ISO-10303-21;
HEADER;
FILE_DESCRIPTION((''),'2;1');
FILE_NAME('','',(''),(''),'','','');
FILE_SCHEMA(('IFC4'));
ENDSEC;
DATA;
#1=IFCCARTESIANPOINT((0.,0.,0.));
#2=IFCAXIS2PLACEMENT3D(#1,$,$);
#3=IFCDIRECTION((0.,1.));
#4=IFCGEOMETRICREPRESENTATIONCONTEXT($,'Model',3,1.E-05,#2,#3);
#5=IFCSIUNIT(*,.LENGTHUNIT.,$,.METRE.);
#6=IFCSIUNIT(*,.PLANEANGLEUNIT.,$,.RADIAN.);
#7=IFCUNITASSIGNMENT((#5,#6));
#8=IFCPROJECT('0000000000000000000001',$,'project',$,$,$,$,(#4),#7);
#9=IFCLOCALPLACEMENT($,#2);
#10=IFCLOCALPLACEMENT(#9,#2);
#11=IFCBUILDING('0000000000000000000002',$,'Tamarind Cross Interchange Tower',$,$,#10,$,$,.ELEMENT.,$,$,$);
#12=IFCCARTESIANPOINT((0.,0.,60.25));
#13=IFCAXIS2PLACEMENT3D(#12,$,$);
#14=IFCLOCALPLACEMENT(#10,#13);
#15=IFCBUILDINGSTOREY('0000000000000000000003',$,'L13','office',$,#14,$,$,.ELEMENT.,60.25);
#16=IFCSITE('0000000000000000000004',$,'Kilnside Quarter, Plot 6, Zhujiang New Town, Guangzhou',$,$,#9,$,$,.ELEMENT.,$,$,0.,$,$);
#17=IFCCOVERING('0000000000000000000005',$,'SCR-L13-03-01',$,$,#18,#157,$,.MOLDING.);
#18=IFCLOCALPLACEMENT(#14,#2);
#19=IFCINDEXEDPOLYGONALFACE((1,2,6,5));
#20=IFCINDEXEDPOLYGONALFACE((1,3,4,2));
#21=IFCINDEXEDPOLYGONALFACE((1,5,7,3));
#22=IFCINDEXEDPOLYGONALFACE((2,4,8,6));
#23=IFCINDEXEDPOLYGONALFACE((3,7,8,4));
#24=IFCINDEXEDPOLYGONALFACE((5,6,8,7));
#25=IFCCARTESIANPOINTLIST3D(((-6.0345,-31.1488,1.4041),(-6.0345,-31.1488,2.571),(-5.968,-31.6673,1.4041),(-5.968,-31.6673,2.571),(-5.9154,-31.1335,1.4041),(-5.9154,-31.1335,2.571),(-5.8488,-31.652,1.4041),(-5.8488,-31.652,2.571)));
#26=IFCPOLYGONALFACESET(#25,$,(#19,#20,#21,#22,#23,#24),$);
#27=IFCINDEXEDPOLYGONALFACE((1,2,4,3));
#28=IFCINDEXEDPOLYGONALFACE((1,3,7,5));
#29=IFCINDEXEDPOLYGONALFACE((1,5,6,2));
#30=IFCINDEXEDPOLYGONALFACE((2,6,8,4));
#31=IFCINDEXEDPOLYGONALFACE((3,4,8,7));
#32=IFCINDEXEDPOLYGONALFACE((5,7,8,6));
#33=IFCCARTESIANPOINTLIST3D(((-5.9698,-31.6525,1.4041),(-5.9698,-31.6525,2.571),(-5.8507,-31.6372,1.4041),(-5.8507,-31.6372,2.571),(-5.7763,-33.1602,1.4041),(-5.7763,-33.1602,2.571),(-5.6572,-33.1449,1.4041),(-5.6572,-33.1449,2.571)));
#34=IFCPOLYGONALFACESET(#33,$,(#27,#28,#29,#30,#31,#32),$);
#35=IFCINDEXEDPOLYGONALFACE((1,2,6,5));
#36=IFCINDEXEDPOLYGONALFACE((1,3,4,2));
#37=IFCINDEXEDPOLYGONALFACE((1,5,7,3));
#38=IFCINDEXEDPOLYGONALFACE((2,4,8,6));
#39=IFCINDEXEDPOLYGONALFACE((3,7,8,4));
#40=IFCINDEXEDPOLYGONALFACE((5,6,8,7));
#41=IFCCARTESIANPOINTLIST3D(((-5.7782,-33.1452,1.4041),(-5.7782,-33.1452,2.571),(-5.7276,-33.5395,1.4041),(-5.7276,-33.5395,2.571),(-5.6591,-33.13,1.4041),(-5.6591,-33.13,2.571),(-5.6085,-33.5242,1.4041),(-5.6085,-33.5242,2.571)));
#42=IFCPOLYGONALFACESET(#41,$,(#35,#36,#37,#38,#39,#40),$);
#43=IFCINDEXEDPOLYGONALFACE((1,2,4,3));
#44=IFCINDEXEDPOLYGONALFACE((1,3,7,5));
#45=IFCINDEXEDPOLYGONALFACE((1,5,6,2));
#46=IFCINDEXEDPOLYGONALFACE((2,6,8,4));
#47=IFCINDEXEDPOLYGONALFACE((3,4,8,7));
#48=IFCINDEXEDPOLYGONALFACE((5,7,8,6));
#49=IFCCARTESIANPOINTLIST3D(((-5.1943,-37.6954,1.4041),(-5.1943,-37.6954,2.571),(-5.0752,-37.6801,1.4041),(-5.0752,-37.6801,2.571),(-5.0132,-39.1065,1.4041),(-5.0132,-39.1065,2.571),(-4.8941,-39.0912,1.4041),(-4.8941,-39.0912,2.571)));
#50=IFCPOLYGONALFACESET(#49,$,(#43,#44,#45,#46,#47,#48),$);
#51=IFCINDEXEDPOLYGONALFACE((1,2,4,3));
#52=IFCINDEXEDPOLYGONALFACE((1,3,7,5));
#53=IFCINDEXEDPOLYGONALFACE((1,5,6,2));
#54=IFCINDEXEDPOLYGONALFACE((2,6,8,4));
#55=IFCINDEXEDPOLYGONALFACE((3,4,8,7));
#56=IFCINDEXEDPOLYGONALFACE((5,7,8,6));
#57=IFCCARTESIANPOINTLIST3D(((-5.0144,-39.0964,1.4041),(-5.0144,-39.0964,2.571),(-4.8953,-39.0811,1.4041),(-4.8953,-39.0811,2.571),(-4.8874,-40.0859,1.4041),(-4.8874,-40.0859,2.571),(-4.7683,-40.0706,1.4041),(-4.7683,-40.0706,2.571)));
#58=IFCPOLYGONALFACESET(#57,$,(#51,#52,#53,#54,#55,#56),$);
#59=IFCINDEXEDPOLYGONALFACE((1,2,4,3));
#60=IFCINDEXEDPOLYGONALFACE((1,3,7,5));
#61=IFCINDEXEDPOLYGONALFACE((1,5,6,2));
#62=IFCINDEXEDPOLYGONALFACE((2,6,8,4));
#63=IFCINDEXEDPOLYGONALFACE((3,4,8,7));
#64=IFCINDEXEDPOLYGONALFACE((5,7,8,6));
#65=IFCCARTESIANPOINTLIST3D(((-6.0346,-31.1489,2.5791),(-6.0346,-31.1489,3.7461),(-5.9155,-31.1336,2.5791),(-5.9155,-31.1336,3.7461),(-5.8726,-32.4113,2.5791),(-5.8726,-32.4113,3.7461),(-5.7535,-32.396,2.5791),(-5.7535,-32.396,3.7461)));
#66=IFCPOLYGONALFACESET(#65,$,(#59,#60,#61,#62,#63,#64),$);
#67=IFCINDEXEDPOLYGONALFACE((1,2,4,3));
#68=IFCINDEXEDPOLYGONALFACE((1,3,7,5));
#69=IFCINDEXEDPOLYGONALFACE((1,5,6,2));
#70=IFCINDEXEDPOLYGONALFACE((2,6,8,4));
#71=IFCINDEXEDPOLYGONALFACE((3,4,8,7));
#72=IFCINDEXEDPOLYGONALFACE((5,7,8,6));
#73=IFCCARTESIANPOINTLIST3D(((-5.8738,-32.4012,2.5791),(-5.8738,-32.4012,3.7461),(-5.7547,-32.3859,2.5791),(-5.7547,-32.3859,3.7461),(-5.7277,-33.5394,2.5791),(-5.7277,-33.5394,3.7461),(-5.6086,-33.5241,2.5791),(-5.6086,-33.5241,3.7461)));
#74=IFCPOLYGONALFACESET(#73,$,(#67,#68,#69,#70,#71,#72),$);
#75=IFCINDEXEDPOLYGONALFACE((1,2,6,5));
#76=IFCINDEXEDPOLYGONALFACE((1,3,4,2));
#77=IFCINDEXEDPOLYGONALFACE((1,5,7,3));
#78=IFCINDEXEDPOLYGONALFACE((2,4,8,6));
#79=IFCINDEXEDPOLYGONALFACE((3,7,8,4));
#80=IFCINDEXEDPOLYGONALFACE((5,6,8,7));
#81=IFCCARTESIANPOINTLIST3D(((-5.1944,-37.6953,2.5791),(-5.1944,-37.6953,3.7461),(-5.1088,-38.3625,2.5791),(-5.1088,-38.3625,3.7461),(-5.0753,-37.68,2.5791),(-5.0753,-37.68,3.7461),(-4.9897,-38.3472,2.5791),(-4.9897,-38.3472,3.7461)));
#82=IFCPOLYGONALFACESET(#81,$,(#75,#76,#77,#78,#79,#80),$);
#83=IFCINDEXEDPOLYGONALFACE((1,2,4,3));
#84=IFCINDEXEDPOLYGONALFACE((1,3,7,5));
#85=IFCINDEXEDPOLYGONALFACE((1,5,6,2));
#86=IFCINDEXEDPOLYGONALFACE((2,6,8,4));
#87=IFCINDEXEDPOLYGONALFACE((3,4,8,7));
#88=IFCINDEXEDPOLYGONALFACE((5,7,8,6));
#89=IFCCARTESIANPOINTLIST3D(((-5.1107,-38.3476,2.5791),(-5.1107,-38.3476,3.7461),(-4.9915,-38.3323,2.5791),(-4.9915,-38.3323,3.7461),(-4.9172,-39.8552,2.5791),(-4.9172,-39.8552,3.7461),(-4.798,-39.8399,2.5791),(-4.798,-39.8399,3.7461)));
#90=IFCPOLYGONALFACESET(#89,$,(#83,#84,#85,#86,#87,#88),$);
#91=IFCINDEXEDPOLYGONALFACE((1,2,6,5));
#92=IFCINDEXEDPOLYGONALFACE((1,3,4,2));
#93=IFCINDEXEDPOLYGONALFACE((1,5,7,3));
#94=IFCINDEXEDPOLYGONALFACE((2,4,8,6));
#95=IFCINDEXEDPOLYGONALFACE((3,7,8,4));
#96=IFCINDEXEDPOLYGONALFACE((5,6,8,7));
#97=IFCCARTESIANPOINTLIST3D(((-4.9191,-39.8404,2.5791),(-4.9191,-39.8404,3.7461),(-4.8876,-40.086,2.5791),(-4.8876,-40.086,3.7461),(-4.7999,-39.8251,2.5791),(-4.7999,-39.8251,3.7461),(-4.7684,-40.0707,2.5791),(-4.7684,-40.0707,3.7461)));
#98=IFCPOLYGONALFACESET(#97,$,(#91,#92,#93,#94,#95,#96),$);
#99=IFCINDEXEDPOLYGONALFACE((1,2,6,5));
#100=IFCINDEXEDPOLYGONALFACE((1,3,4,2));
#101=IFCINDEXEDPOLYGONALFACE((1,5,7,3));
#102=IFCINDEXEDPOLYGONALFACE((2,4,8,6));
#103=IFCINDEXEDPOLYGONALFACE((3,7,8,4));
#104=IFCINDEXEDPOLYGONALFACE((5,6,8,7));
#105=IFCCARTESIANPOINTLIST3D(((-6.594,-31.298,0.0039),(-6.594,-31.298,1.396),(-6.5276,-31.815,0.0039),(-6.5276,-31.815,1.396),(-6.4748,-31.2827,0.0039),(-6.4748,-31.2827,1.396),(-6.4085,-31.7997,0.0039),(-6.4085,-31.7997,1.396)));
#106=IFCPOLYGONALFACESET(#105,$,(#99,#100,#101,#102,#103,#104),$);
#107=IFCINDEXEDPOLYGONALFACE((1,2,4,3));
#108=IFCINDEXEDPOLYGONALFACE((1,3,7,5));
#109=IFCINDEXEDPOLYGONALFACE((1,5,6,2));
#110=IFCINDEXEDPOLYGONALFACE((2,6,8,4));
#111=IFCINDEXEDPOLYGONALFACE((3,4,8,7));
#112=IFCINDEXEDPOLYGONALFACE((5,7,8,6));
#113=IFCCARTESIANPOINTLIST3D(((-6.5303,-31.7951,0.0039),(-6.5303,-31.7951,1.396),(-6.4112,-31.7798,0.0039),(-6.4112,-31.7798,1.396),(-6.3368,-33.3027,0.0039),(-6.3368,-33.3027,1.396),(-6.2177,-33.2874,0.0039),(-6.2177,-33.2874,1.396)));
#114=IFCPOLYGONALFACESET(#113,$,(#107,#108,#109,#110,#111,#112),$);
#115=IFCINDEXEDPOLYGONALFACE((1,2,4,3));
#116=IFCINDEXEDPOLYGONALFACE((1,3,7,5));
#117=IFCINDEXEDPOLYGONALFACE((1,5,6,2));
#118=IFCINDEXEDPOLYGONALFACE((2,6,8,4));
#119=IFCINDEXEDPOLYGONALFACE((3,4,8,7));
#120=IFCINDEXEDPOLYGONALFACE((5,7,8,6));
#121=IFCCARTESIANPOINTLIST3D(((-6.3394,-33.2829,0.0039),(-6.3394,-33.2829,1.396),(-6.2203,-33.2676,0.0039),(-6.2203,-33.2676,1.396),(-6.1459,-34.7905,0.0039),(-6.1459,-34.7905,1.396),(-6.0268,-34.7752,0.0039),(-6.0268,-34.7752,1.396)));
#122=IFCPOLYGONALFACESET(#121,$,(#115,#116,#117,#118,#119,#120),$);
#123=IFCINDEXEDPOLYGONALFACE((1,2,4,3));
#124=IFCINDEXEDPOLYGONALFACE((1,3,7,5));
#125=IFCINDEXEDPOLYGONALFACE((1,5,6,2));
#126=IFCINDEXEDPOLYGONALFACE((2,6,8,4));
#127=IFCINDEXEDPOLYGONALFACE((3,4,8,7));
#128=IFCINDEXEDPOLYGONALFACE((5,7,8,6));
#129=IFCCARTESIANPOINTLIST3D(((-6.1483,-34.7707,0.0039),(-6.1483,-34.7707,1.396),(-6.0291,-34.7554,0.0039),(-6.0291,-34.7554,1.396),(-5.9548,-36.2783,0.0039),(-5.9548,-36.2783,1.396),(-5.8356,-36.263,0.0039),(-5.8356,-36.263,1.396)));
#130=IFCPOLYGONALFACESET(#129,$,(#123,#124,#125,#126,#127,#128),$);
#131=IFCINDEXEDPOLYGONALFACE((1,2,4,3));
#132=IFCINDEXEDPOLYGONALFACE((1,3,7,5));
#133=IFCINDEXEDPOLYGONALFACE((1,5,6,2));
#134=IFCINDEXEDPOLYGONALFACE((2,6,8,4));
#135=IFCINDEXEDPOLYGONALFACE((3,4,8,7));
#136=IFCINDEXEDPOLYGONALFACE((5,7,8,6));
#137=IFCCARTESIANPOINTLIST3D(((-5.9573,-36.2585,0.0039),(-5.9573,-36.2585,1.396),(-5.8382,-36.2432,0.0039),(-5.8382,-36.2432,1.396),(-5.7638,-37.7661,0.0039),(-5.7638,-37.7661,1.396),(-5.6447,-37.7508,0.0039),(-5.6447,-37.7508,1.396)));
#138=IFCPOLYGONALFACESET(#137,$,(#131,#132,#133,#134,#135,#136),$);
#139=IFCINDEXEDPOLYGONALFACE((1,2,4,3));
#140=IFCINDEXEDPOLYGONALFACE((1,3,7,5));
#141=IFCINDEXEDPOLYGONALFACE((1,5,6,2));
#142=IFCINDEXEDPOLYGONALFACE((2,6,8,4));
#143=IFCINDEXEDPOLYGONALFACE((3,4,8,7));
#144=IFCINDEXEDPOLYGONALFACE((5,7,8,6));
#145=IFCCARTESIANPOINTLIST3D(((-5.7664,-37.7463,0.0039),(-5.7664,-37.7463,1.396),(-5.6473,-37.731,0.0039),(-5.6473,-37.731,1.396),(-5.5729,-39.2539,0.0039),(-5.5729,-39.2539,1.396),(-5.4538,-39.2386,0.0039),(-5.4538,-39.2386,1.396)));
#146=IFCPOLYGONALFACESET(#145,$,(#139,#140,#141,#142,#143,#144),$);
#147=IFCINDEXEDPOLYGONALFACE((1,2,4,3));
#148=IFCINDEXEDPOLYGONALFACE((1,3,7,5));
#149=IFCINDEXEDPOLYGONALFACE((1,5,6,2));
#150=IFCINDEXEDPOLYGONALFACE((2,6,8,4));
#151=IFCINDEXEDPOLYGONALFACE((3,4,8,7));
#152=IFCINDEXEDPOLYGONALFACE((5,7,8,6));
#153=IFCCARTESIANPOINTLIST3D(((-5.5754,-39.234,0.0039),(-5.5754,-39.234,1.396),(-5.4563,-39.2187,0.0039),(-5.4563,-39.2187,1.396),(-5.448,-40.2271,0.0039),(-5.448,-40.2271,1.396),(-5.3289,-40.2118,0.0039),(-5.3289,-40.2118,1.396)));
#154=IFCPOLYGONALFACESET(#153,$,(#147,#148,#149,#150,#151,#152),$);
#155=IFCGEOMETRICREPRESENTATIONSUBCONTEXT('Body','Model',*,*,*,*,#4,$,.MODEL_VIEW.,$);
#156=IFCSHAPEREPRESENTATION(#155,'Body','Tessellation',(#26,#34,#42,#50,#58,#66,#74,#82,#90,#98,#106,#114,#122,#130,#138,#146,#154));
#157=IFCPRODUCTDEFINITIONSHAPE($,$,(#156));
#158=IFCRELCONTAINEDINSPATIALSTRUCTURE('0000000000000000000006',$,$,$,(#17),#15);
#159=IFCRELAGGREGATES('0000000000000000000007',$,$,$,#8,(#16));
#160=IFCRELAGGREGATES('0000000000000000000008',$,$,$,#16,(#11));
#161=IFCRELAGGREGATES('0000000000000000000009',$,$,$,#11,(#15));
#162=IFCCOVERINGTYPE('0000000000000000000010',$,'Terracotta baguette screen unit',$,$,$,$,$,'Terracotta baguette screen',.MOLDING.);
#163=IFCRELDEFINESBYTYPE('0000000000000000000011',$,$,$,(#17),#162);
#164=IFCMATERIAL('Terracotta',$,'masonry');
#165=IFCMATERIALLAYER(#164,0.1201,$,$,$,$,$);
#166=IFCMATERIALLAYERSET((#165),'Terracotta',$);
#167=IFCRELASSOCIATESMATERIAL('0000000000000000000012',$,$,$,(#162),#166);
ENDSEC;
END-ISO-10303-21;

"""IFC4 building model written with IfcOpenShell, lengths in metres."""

from ifc_helpers import new_model, si_unit, direction, frame, origin, origin_2d, place, context, subcontext, project, spatial, rectangle, extrude, material, layer, layer_set, type_object, element, save


model = new_model("IFC4")

# Units and contexts
model_context = context("Model", 3, precision=1e-05, world=origin(), true_north=direction((0.0, 1.0)))
body_context = subcontext(model_context, "Body", "Model", "MODEL_VIEW")
ifc_project = project(units=[si_unit("LENGTHUNIT", "METRE"), si_unit("PLANEANGLEUNIT", "RADIAN")], contexts=[model_context])

# Site, building, storey
site_placement = place(None, origin())
site = spatial("IfcSite", under=ifc_project, at=site_placement, Name="Kilnside Quarter, Plot 6, Zhujiang New Town, Guangzhou", CompositionType="ELEMENT", RefElevation=0.0)
building_placement = place(site_placement, origin())
building = spatial("IfcBuilding", under=site, at=building_placement, Name="Tamarind Cross Interchange Tower", CompositionType="ELEMENT")
storey_placement = place(building_placement, frame((0.0, 0.0, 60.25)))
storey = spatial("IfcBuildingStorey", under=building, at=storey_placement, Name="L13", Description="office", CompositionType="ELEMENT", Elevation=60.25)

# Covering
ifc_material_1 = material(Name="Terracotta", Category="masonry")
ifc_layer_1 = layer(ifc_material_1, 0.1201)
ifc_layer_set_1 = layer_set([ifc_layer_1], Name="Terracotta")
covering_type = type_object("IfcCoveringType", Name="Terracotta baguette screen unit", ElementType="Terracotta baguette screen", PredefinedType="MOLDING", material=ifc_layer_set_1)
covering_1_placement = place(storey_placement, origin())
element("IfcCovering", 1, at=covering_1_placement, inside=storey, type_object=covering_type, Name="SCR-L13-03-01", PredefinedType="MOLDING", context=body_context, shape_type="SweptSolid", body=[
    extrude(rectangle(XDim=0.5227, YDim=0.1201, at=origin_2d()), frame((-5.9417, -31.4004, 1.4041), z_axis=(0.0, 0.0, 1.0), x_axis=(0.1273, -0.991864, 0.0)), (0.0, 0.0, 1.0), 1.167),
    extrude(rectangle(XDim=1.52, YDim=0.1201, at=origin_2d()), frame((-5.8135, -32.3987, 1.4041), z_axis=(0.0, 0.0, 1.0), x_axis=(0.1273, -0.991864, 0.0)), (0.0, 0.0, 1.0), 1.167),
    extrude(rectangle(XDim=0.3975, YDim=0.1201, at=origin_2d()), frame((-5.6934, -33.3347, 1.4041), z_axis=(0.0, 0.0, 1.0), x_axis=(0.1273, -0.991864, 0.0)), (0.0, 0.0, 1.0), 1.167),
    extrude(rectangle(XDim=1.4226, YDim=0.1201, at=origin_2d()), frame((-5.0442, -38.3933, 1.4041), z_axis=(0.0, 0.0, 1.0), x_axis=(0.1273, -0.991864, 0.0)), (0.0, 0.0, 1.0), 1.167),
    extrude(rectangle(XDim=0.9976, YDim=0.1201, at=origin_2d()), frame((-4.8914, -39.5835, 1.4041), z_axis=(0.0, 0.0, 1.0), x_axis=(0.1273, -0.991864, 0.0)), (0.0, 0.0, 1.0), 1.167),
    extrude(rectangle(XDim=1.2727, YDim=0.1201, at=origin_2d()), frame((-5.894, -31.7725, 2.5791), z_axis=(0.0, 0.0, 1.0), x_axis=(0.1273, -0.991864, 0.0)), (0.0, 0.0, 1.0), 1.167),
    extrude(rectangle(XDim=1.1475, YDim=0.1201, at=origin_2d()), frame((-5.7412, -32.9626, 2.5791), z_axis=(0.0, 0.0, 1.0), x_axis=(0.1273, -0.991864, 0.0)), (0.0, 0.0, 1.0), 1.167),
    extrude(rectangle(XDim=0.6726, YDim=0.1201, at=origin_2d()), frame((-5.092, -38.0212, 2.5791), z_axis=(0.0, 0.0, 1.0), x_axis=(0.1273, -0.991864, 0.0)), (0.0, 0.0, 1.0), 1.167),
    extrude(rectangle(XDim=1.52, YDim=0.1201, at=origin_2d()), frame((-4.9543, -39.0938, 2.5791), z_axis=(0.0, 0.0, 1.0), x_axis=(0.1273, -0.991864, 0.0)), (0.0, 0.0, 1.0), 1.167),
    extrude(rectangle(XDim=0.2476, YDim=0.1201, at=origin_2d()), frame((-4.8438, -39.9556, 2.5791), z_axis=(0.0, 0.0, 1.0), x_axis=(0.1273, -0.991864, 0.0)), (0.0, 0.0, 1.0), 1.167),
    extrude(rectangle(XDim=0.5212, YDim=0.1201, at=origin_2d()), frame((-6.5012, -31.5488, 0.0039), z_axis=(0.0, 0.0, 1.0), x_axis=(0.1273, -0.991864, 0.0)), (0.0, 0.0, 1.0), 1.3921),
    extrude(rectangle(XDim=1.52, YDim=0.1201, at=origin_2d()), frame((-6.374, -32.5413, 0.0039), z_axis=(0.0, 0.0, 1.0), x_axis=(0.1273, -0.991864, 0.0)), (0.0, 0.0, 1.0), 1.3921),
    extrude(rectangle(XDim=1.52, YDim=0.1201, at=origin_2d()), frame((-6.1831, -34.0291, 0.0039), z_axis=(0.0, 0.0, 1.0), x_axis=(0.1273, -0.991864, 0.0)), (0.0, 0.0, 1.0), 1.3921),
    extrude(rectangle(XDim=1.52, YDim=0.1201, at=origin_2d()), frame((-5.9919, -35.5168, 0.0039), z_axis=(0.0, 0.0, 1.0), x_axis=(0.1273, -0.991864, 0.0)), (0.0, 0.0, 1.0), 1.3921),
    extrude(rectangle(XDim=1.52, YDim=0.1201, at=origin_2d()), frame((-5.801, -37.0046, 0.0039), z_axis=(0.0, 0.0, 1.0), x_axis=(0.1273, -0.991864, 0.0)), (0.0, 0.0, 1.0), 1.3921),
    extrude(rectangle(XDim=1.52, YDim=0.1201, at=origin_2d()), frame((-5.6101, -38.4924, 0.0039), z_axis=(0.0, 0.0, 1.0), x_axis=(0.1273, -0.991864, 0.0)), (0.0, 0.0, 1.0), 1.3921),
    extrude(rectangle(XDim=1.0012, YDim=0.1201, at=origin_2d()), frame((-5.4521, -39.7229, 0.0039), z_axis=(0.0, 0.0, 1.0), x_axis=(0.1273, -0.991864, 0.0)), (0.0, 0.0, 1.0), 1.3921),
])

save(model, "model.ifc")
